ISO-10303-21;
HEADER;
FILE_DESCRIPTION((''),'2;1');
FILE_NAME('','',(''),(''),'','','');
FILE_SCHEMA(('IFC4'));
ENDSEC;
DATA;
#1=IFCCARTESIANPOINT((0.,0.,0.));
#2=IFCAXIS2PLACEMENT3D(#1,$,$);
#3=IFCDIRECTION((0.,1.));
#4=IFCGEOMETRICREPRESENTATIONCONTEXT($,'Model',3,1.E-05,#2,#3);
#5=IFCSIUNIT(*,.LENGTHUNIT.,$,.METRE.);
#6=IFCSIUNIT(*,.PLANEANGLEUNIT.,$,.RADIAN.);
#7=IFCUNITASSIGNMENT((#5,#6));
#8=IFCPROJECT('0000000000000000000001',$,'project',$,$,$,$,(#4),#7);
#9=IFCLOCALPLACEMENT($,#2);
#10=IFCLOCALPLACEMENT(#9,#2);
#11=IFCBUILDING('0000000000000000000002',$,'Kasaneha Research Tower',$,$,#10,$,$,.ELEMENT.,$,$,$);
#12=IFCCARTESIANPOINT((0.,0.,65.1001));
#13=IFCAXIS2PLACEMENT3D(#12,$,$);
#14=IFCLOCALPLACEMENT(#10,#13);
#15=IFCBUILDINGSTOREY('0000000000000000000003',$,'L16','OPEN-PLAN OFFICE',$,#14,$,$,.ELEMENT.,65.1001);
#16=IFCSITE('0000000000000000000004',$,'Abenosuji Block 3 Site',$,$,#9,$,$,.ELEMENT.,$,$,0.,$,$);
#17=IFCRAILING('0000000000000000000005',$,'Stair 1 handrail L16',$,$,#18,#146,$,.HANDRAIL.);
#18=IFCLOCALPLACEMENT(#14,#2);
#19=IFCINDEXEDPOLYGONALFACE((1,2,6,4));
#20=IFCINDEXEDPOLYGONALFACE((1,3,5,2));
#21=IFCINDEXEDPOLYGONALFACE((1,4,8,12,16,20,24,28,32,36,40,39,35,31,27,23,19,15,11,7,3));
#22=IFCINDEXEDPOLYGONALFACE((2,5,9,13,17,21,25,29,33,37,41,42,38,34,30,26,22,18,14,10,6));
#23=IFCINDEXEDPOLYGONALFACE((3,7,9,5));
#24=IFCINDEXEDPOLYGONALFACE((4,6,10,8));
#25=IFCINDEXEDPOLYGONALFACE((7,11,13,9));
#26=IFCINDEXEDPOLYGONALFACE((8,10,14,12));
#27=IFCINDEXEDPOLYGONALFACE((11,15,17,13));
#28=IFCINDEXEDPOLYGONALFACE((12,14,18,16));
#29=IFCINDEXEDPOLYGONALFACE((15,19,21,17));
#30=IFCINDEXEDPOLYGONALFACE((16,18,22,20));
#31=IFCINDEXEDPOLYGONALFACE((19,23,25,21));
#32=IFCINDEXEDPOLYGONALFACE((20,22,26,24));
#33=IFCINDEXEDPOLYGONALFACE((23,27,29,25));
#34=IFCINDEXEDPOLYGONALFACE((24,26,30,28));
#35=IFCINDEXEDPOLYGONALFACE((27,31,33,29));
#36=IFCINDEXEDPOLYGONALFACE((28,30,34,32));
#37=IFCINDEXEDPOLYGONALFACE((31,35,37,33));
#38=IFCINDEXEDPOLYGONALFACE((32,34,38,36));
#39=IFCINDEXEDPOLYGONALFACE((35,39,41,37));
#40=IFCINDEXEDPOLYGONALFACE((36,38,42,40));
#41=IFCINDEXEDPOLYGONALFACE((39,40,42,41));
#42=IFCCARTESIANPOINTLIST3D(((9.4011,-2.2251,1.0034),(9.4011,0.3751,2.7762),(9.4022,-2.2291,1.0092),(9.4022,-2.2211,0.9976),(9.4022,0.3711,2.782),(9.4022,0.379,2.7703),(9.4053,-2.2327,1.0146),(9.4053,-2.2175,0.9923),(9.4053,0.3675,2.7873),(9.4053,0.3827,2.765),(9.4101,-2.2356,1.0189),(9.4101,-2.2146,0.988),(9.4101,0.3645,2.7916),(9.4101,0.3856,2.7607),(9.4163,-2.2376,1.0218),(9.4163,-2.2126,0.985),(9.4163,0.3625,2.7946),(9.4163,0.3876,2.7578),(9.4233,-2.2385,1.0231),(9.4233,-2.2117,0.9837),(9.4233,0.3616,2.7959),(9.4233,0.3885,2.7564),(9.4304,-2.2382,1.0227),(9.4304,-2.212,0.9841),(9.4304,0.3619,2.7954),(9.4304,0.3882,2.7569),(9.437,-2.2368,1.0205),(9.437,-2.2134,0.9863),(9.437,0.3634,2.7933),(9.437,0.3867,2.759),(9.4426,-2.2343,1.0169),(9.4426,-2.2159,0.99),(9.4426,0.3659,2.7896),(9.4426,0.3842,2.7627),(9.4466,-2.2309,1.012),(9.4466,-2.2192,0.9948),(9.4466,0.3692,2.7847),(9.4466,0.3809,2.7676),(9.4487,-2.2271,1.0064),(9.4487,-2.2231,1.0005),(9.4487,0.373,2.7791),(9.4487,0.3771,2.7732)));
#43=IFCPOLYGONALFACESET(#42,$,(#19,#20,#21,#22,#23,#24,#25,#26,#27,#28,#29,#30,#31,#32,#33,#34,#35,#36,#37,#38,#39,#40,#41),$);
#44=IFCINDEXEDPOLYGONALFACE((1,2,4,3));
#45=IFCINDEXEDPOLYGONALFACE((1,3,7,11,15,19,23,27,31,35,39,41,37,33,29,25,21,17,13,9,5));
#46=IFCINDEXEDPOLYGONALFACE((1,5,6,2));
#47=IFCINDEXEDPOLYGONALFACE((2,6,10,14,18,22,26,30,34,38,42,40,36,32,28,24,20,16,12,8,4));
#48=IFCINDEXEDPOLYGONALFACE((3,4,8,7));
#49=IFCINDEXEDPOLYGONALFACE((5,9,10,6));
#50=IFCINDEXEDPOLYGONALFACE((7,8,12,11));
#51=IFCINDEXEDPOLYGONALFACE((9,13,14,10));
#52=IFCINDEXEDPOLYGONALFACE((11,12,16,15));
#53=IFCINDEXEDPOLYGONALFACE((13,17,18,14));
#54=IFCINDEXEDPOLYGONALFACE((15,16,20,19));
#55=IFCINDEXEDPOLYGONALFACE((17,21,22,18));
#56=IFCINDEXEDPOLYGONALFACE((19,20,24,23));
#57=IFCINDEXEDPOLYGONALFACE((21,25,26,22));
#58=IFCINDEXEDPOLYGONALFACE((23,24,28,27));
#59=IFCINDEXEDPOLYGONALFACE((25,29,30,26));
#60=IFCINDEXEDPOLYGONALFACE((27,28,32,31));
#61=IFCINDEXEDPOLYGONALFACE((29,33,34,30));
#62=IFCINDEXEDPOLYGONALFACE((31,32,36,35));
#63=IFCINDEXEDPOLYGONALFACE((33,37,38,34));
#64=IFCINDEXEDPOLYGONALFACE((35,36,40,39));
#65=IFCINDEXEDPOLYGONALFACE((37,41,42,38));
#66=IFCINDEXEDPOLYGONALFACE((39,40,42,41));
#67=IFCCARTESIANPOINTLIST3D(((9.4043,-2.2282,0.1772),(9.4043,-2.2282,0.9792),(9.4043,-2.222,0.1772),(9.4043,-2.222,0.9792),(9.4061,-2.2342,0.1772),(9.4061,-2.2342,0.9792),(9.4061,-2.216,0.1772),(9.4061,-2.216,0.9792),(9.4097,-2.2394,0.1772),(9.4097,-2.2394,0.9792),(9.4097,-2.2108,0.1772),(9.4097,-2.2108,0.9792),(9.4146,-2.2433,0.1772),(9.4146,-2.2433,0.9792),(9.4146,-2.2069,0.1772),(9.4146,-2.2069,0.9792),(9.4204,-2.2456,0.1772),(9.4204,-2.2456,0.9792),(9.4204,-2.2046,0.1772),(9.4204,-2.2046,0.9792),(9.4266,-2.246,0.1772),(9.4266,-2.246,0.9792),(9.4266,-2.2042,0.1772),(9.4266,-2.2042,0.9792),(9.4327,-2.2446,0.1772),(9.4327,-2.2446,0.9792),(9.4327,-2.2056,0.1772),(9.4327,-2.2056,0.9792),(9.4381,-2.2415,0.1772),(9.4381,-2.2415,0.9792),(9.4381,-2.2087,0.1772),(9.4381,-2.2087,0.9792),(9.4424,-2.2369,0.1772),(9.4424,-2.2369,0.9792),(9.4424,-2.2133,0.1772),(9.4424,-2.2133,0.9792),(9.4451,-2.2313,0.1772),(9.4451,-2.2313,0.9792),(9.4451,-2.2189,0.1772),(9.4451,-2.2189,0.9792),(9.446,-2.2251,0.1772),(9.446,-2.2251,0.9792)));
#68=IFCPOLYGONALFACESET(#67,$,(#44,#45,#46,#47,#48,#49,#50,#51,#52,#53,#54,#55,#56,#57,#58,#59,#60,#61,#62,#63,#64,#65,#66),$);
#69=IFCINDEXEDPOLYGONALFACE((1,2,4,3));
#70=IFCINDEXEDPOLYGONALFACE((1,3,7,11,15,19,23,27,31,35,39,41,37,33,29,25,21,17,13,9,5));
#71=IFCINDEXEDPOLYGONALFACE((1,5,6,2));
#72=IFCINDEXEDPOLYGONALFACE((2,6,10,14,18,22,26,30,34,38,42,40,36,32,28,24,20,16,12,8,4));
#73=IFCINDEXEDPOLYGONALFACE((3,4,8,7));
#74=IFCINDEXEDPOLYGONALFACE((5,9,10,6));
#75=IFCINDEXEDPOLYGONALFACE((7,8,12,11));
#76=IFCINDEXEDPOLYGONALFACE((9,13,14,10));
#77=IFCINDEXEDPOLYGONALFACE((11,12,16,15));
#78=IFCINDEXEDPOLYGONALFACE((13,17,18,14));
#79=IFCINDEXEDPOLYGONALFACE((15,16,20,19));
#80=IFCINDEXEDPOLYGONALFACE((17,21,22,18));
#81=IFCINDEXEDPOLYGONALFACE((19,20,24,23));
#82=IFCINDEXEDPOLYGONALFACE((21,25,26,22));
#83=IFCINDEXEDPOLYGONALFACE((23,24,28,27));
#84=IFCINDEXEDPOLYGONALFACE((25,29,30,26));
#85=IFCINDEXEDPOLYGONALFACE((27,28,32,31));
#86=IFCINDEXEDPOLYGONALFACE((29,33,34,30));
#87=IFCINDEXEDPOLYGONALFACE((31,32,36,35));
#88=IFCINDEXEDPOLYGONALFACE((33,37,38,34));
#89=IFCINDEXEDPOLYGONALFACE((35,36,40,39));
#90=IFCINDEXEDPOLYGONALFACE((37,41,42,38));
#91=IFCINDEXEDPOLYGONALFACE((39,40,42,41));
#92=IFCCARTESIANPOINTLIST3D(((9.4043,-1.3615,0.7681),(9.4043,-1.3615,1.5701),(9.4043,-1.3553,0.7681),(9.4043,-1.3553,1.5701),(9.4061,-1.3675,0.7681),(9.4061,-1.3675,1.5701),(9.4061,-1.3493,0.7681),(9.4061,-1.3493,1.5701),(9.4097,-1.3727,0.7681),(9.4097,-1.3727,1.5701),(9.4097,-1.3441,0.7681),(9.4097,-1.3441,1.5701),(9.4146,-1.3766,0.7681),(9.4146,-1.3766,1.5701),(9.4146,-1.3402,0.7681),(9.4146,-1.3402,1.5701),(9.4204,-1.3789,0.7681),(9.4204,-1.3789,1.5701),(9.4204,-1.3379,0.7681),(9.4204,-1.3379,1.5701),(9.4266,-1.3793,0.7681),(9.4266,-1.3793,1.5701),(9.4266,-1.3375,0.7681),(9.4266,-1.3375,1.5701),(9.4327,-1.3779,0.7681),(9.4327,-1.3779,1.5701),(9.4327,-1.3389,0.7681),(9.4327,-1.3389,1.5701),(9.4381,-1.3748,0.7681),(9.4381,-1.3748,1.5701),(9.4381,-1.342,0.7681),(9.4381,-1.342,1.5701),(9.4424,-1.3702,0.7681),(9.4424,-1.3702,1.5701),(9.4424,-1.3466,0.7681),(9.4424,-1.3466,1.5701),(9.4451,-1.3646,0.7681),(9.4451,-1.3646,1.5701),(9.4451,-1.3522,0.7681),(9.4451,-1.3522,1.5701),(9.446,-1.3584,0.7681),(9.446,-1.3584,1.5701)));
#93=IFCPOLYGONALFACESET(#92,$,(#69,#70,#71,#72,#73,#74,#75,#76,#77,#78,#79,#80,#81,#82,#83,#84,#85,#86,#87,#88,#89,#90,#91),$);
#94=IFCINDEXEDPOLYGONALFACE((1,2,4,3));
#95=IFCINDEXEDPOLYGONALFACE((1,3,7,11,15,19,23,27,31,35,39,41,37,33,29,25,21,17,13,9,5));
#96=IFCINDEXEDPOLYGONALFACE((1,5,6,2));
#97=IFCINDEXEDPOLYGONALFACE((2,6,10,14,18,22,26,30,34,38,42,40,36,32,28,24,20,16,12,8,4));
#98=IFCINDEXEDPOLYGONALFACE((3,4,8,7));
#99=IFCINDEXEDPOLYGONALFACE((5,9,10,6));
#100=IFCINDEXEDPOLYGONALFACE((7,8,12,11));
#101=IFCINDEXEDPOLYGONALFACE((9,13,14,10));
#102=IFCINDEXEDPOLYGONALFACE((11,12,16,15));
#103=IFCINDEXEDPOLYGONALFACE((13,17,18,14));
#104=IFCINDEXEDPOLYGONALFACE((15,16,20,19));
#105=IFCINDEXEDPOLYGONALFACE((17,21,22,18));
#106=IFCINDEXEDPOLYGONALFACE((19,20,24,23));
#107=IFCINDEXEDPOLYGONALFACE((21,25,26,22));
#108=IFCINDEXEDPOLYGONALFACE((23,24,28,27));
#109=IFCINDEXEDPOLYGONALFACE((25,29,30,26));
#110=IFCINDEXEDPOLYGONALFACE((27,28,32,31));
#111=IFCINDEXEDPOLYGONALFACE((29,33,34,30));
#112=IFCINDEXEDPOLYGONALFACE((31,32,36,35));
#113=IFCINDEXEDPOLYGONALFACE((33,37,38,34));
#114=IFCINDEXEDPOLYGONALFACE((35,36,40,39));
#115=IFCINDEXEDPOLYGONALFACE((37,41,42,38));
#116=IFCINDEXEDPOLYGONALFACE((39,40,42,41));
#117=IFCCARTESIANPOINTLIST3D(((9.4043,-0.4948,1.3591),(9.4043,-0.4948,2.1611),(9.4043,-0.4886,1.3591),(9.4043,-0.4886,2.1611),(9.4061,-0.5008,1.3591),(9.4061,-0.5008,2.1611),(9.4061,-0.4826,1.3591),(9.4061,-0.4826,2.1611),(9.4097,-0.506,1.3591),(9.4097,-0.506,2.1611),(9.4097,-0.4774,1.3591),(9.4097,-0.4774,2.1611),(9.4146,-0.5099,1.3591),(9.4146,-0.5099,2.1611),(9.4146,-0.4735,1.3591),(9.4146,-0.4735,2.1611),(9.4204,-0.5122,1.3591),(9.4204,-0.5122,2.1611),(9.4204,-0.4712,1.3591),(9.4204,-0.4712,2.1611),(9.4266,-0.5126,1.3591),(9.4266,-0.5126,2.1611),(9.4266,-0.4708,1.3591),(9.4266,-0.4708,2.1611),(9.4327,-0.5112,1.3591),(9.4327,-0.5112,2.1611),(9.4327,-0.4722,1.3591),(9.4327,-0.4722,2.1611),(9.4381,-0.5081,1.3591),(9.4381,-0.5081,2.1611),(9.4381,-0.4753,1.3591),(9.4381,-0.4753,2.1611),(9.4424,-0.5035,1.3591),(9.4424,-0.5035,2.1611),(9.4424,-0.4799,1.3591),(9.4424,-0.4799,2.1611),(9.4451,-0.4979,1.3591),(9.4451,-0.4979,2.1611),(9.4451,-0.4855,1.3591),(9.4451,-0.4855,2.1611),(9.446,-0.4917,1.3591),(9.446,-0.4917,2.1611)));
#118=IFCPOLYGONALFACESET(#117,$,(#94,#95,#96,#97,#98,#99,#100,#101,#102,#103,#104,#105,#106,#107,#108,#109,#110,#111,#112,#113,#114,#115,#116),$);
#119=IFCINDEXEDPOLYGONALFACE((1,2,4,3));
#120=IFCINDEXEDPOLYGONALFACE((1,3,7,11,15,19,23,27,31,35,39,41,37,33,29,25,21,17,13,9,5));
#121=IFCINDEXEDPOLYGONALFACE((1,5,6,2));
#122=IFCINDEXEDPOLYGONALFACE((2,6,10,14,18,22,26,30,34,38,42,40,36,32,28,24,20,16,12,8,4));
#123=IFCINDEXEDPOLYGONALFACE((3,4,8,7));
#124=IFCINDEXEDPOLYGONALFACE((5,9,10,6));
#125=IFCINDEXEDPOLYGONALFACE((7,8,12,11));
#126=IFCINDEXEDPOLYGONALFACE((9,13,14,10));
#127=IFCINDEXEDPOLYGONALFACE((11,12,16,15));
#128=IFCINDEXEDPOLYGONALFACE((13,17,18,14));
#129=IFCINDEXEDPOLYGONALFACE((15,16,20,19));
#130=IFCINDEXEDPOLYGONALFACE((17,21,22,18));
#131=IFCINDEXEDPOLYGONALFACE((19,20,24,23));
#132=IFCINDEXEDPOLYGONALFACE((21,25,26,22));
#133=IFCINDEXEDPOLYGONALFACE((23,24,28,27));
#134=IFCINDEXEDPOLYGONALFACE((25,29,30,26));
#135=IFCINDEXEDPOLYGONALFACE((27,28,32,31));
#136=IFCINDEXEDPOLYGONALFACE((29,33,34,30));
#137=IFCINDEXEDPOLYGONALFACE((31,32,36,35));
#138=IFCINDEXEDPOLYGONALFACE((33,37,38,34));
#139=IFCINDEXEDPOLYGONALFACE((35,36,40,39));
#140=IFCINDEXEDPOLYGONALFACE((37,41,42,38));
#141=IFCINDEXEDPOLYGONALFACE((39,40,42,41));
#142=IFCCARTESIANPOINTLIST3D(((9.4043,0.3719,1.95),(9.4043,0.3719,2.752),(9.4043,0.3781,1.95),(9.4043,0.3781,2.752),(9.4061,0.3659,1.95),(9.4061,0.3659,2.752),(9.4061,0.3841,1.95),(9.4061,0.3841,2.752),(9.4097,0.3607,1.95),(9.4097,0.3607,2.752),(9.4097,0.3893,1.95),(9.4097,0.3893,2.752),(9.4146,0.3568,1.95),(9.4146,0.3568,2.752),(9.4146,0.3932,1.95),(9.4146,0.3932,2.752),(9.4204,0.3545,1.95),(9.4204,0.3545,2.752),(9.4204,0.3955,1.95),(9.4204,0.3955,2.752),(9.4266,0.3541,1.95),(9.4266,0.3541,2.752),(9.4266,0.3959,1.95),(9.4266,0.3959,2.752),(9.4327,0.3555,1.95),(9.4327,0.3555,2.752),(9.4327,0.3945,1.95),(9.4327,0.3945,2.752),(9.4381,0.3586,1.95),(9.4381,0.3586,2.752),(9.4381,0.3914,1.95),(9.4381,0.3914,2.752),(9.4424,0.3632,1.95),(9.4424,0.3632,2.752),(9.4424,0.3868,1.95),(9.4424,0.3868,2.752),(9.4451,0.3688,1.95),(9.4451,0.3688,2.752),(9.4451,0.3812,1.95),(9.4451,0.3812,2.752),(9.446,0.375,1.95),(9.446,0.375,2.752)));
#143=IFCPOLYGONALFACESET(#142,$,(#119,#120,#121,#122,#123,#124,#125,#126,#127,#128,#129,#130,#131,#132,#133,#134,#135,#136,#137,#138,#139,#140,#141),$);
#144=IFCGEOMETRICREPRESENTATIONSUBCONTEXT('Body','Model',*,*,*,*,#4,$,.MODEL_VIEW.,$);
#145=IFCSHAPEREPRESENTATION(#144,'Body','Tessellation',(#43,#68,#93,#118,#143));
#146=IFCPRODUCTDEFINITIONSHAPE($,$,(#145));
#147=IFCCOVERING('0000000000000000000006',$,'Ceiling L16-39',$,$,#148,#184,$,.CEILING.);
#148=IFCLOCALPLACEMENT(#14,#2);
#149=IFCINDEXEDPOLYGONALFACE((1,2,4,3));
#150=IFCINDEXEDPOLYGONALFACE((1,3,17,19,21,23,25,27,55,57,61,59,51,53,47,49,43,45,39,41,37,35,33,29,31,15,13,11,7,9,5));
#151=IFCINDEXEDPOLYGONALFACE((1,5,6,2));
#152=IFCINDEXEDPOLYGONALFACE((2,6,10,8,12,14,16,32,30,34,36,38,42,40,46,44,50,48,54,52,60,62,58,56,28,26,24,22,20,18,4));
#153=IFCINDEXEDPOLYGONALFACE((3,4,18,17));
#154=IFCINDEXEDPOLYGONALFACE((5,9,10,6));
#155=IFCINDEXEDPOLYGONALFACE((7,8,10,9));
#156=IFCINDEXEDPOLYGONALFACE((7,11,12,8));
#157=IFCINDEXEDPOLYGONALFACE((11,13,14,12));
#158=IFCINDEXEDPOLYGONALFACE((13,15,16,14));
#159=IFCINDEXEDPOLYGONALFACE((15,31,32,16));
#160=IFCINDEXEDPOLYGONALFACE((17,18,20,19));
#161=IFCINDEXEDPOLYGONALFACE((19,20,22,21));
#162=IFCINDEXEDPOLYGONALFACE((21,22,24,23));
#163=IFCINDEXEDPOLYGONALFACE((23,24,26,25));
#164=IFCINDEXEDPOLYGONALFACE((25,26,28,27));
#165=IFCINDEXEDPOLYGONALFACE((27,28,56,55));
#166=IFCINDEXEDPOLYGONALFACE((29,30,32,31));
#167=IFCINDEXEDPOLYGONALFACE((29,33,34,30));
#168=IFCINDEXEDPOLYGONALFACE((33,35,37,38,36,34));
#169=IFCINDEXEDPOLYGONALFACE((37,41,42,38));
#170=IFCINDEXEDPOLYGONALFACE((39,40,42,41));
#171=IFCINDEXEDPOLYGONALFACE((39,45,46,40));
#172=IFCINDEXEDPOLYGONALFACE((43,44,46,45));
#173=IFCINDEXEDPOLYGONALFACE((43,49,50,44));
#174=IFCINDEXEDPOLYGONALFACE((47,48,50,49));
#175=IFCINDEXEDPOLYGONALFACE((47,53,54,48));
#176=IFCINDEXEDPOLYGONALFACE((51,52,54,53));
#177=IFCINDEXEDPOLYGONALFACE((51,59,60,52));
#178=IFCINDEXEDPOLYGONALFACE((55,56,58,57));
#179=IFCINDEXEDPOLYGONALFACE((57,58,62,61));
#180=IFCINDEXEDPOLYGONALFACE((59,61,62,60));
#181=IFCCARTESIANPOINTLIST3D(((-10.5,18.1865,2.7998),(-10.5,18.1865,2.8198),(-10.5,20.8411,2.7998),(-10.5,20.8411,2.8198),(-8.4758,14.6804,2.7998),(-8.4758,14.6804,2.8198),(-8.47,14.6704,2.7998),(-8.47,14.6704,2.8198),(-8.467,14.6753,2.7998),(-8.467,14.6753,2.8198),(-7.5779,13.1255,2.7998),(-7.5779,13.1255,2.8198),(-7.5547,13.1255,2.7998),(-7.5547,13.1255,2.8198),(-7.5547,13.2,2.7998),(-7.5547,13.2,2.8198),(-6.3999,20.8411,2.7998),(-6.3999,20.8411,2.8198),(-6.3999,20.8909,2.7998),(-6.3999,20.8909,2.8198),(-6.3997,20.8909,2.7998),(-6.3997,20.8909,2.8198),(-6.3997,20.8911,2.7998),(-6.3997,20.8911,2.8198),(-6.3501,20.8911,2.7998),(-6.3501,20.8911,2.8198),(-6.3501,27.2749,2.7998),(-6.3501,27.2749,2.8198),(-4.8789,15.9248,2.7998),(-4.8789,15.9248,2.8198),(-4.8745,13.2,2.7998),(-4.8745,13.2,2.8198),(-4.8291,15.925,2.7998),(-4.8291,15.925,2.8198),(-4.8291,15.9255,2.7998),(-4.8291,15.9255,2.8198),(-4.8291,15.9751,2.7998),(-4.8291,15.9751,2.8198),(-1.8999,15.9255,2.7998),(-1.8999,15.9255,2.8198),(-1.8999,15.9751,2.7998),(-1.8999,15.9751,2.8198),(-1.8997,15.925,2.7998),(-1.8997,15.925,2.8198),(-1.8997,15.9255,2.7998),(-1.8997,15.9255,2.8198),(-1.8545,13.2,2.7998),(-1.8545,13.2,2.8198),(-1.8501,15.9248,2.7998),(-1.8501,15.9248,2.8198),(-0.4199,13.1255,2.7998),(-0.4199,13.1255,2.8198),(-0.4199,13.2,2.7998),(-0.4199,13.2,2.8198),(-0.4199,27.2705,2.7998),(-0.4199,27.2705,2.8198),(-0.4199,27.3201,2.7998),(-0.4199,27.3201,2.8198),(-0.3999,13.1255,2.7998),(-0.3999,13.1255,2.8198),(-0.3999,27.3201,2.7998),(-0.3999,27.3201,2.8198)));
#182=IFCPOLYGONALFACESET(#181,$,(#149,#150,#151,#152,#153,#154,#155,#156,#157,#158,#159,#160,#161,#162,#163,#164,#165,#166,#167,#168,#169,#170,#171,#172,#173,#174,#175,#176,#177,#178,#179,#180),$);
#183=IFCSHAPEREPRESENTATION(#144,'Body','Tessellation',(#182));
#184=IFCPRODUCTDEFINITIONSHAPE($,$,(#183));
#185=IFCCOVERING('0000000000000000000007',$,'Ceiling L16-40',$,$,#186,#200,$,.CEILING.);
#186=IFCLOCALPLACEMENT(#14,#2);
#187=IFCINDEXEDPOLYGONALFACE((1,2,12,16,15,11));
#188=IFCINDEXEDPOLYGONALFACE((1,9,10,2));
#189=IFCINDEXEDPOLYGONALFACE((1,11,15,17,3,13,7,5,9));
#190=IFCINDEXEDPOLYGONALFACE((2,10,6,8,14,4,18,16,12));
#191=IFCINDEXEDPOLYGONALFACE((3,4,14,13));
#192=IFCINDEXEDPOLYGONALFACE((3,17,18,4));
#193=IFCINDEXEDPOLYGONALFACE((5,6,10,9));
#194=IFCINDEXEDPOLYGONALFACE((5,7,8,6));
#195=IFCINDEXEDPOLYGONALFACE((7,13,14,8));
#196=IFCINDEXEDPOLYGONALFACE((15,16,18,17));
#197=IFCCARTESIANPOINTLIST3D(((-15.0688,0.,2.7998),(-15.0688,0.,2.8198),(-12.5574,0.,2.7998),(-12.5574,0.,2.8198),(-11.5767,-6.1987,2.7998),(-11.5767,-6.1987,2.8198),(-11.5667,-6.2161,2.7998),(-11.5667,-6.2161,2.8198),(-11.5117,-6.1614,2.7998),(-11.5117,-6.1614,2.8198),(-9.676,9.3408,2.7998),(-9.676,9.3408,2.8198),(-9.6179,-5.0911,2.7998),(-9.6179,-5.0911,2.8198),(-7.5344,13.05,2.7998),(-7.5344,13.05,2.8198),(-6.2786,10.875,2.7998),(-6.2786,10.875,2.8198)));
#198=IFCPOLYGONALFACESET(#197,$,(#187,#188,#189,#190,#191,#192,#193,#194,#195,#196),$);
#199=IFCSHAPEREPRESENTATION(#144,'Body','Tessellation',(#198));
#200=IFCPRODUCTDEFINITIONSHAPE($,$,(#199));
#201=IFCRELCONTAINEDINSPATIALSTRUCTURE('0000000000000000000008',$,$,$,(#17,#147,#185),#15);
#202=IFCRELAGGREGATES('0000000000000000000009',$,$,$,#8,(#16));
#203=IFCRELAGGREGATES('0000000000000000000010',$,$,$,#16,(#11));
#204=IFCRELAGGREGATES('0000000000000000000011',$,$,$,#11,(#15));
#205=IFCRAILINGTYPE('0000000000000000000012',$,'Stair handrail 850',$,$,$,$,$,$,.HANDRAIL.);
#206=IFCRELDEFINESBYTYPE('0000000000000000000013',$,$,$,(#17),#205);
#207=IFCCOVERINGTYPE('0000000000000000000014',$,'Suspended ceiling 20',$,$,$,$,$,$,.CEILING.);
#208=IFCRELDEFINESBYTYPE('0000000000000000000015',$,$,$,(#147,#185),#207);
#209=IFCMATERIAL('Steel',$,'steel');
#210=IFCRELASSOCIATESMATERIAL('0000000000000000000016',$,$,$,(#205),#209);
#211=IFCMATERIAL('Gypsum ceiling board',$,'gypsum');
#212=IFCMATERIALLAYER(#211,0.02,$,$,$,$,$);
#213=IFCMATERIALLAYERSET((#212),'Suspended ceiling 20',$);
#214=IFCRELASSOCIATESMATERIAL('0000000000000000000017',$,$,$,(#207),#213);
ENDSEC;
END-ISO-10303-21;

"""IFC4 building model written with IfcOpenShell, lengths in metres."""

from ifc_helpers import new_model, si_unit, direction, frame, origin, origin_2d, place, context, subcontext, project, spatial, polyline, circle, outline, extrude, material, layer, layer_set, type_object, element, save


model = new_model("IFC4")

# Units and contexts
model_context = context("Model", 3, precision=1e-05, world=origin(), true_north=direction((0.0, 1.0)))
body_context = subcontext(model_context, "Body", "Model", "MODEL_VIEW")
ifc_project = project(units=[si_unit("LENGTHUNIT", "METRE"), si_unit("PLANEANGLEUNIT", "RADIAN")], contexts=[model_context])

# Site, building, storey
site_placement = place(None, origin())
site = spatial("IfcSite", under=ifc_project, at=site_placement, Name="Abenosuji Block 3 Site", CompositionType="ELEMENT", RefElevation=0.0)
building_placement = place(site_placement, origin())
building = spatial("IfcBuilding", under=site, at=building_placement, Name="Kasaneha Research Tower", CompositionType="ELEMENT")
storey_placement = place(building_placement, frame((0.0, 0.0, 65.1001)))
storey = spatial("IfcBuildingStorey", under=building, at=storey_placement, Name="L16", Description="OPEN-PLAN OFFICE", CompositionType="ELEMENT", Elevation=65.1001)

# Railing
ifc_material_1 = material(Name="Steel", Category="steel")
railing_type = type_object("IfcRailingType", Name="Stair handrail 850", PredefinedType="HANDRAIL", material=ifc_material_1)
railing_placement = place(storey_placement, frame((9.425, -2.2251, 0.1772)))
element("IfcRailing", 1, at=railing_placement, inside=storey, type_object=railing_type, Name="Stair 1 handrail L16", PredefinedType="HANDRAIL", context=body_context, shape_type="SweptSolid", body=[
    extrude(circle(Radius=0.0239, at=origin_2d()), frame((0.0, 0.0, 0.8262), z_axis=(0.0, 0.82624, 0.563318), x_axis=(-1.0, 0.0, 0.0)), (0.0, 0.0, 1.0), 3.147),
    extrude(circle(Radius=0.021, at=origin_2d()), origin(), (0.0, 0.0, 1.0), 0.802),
    extrude(circle(Radius=0.021, at=origin_2d()), frame((0.0, 0.8667, 0.5908)), (0.0, 0.0, 1.0), 0.802),
    extrude(circle(Radius=0.021, at=origin_2d()), frame((0.0, 1.7334, 1.1819)), (0.0, 0.0, 1.0), 0.802),
    extrude(circle(Radius=0.021, at=origin_2d()), frame((0.0, 2.6001, 1.7727)), (0.0, 0.0, 1.0), 0.802),
])

# Coverings
ifc_material_2 = material(Name="Gypsum ceiling board", Category="gypsum")
ifc_layer_1 = layer(ifc_material_2, 0.02)
ifc_layer_set_1 = layer_set([ifc_layer_1], Name="Suspended ceiling 20")
covering_type = type_object("IfcCoveringType", Name="Suspended ceiling 20", PredefinedType="CEILING", material=ifc_layer_set_1)
covering_1_placement = place(storey_placement, frame((0.0, 0.0, 2.7998)))
element("IfcCovering", 2, at=covering_1_placement, inside=storey, type_object=covering_type, Name="Ceiling L16-39", PredefinedType="CEILING", context=body_context, shape_type="SweptSolid", body=[
    extrude(outline(polyline([(-1.8997, 15.9255), (-1.8999, 15.9255), (-1.8999, 15.9751), (-4.8291, 15.9751), (-4.8291, 15.9255), (-4.8291, 15.925), (-4.8789, 15.9248), (-4.8745, 13.2), (-7.5547, 13.2), (-7.5547, 13.1255), (-7.5779, 13.1255), (-8.47, 14.6704), (-8.467, 14.6753), (-8.4758, 14.6804), (-10.5, 18.1865), (-10.5, 20.8411), (-6.3999, 20.8411), (-6.3999, 20.8909), (-6.3997, 20.8909), (-6.3997, 20.8911), (-6.3501, 20.8911), (-6.3501, 27.2749), (-0.4199, 27.2705), (-0.4199, 27.3201), (-0.3999, 27.3201), (-0.3999, 13.1255), (-0.4199, 13.1255), (-0.4199, 13.2), (-1.8545, 13.2), (-1.8501, 15.9248), (-1.8997, 15.925), (-1.8997, 15.9255)])), origin(), (0.0, 0.0, 1.0), 0.02),
])
covering_2_placement = place(storey_placement, frame((0.0, 0.0, 2.7998)))
element("IfcCovering", 3, at=covering_2_placement, inside=storey, type_object=covering_type, Name="Ceiling L16-40", PredefinedType="CEILING", context=body_context, shape_type="SweptSolid", body=[
    extrude(outline(polyline([(-12.5574, 0.0), (-9.6179, -5.0911), (-11.5667, -6.2161), (-11.5767, -6.1987), (-11.5117, -6.1614), (-15.0688, 0.0), (-9.676, 9.3408), (-9.676, 9.3408), (-7.5344, 13.05), (-7.5344, 13.05), (-6.2786, 10.875), (-12.5574, 0.0)])), origin(), (0.0, 0.0, 1.0), 0.02),
])

save(model, "model.ifc")
